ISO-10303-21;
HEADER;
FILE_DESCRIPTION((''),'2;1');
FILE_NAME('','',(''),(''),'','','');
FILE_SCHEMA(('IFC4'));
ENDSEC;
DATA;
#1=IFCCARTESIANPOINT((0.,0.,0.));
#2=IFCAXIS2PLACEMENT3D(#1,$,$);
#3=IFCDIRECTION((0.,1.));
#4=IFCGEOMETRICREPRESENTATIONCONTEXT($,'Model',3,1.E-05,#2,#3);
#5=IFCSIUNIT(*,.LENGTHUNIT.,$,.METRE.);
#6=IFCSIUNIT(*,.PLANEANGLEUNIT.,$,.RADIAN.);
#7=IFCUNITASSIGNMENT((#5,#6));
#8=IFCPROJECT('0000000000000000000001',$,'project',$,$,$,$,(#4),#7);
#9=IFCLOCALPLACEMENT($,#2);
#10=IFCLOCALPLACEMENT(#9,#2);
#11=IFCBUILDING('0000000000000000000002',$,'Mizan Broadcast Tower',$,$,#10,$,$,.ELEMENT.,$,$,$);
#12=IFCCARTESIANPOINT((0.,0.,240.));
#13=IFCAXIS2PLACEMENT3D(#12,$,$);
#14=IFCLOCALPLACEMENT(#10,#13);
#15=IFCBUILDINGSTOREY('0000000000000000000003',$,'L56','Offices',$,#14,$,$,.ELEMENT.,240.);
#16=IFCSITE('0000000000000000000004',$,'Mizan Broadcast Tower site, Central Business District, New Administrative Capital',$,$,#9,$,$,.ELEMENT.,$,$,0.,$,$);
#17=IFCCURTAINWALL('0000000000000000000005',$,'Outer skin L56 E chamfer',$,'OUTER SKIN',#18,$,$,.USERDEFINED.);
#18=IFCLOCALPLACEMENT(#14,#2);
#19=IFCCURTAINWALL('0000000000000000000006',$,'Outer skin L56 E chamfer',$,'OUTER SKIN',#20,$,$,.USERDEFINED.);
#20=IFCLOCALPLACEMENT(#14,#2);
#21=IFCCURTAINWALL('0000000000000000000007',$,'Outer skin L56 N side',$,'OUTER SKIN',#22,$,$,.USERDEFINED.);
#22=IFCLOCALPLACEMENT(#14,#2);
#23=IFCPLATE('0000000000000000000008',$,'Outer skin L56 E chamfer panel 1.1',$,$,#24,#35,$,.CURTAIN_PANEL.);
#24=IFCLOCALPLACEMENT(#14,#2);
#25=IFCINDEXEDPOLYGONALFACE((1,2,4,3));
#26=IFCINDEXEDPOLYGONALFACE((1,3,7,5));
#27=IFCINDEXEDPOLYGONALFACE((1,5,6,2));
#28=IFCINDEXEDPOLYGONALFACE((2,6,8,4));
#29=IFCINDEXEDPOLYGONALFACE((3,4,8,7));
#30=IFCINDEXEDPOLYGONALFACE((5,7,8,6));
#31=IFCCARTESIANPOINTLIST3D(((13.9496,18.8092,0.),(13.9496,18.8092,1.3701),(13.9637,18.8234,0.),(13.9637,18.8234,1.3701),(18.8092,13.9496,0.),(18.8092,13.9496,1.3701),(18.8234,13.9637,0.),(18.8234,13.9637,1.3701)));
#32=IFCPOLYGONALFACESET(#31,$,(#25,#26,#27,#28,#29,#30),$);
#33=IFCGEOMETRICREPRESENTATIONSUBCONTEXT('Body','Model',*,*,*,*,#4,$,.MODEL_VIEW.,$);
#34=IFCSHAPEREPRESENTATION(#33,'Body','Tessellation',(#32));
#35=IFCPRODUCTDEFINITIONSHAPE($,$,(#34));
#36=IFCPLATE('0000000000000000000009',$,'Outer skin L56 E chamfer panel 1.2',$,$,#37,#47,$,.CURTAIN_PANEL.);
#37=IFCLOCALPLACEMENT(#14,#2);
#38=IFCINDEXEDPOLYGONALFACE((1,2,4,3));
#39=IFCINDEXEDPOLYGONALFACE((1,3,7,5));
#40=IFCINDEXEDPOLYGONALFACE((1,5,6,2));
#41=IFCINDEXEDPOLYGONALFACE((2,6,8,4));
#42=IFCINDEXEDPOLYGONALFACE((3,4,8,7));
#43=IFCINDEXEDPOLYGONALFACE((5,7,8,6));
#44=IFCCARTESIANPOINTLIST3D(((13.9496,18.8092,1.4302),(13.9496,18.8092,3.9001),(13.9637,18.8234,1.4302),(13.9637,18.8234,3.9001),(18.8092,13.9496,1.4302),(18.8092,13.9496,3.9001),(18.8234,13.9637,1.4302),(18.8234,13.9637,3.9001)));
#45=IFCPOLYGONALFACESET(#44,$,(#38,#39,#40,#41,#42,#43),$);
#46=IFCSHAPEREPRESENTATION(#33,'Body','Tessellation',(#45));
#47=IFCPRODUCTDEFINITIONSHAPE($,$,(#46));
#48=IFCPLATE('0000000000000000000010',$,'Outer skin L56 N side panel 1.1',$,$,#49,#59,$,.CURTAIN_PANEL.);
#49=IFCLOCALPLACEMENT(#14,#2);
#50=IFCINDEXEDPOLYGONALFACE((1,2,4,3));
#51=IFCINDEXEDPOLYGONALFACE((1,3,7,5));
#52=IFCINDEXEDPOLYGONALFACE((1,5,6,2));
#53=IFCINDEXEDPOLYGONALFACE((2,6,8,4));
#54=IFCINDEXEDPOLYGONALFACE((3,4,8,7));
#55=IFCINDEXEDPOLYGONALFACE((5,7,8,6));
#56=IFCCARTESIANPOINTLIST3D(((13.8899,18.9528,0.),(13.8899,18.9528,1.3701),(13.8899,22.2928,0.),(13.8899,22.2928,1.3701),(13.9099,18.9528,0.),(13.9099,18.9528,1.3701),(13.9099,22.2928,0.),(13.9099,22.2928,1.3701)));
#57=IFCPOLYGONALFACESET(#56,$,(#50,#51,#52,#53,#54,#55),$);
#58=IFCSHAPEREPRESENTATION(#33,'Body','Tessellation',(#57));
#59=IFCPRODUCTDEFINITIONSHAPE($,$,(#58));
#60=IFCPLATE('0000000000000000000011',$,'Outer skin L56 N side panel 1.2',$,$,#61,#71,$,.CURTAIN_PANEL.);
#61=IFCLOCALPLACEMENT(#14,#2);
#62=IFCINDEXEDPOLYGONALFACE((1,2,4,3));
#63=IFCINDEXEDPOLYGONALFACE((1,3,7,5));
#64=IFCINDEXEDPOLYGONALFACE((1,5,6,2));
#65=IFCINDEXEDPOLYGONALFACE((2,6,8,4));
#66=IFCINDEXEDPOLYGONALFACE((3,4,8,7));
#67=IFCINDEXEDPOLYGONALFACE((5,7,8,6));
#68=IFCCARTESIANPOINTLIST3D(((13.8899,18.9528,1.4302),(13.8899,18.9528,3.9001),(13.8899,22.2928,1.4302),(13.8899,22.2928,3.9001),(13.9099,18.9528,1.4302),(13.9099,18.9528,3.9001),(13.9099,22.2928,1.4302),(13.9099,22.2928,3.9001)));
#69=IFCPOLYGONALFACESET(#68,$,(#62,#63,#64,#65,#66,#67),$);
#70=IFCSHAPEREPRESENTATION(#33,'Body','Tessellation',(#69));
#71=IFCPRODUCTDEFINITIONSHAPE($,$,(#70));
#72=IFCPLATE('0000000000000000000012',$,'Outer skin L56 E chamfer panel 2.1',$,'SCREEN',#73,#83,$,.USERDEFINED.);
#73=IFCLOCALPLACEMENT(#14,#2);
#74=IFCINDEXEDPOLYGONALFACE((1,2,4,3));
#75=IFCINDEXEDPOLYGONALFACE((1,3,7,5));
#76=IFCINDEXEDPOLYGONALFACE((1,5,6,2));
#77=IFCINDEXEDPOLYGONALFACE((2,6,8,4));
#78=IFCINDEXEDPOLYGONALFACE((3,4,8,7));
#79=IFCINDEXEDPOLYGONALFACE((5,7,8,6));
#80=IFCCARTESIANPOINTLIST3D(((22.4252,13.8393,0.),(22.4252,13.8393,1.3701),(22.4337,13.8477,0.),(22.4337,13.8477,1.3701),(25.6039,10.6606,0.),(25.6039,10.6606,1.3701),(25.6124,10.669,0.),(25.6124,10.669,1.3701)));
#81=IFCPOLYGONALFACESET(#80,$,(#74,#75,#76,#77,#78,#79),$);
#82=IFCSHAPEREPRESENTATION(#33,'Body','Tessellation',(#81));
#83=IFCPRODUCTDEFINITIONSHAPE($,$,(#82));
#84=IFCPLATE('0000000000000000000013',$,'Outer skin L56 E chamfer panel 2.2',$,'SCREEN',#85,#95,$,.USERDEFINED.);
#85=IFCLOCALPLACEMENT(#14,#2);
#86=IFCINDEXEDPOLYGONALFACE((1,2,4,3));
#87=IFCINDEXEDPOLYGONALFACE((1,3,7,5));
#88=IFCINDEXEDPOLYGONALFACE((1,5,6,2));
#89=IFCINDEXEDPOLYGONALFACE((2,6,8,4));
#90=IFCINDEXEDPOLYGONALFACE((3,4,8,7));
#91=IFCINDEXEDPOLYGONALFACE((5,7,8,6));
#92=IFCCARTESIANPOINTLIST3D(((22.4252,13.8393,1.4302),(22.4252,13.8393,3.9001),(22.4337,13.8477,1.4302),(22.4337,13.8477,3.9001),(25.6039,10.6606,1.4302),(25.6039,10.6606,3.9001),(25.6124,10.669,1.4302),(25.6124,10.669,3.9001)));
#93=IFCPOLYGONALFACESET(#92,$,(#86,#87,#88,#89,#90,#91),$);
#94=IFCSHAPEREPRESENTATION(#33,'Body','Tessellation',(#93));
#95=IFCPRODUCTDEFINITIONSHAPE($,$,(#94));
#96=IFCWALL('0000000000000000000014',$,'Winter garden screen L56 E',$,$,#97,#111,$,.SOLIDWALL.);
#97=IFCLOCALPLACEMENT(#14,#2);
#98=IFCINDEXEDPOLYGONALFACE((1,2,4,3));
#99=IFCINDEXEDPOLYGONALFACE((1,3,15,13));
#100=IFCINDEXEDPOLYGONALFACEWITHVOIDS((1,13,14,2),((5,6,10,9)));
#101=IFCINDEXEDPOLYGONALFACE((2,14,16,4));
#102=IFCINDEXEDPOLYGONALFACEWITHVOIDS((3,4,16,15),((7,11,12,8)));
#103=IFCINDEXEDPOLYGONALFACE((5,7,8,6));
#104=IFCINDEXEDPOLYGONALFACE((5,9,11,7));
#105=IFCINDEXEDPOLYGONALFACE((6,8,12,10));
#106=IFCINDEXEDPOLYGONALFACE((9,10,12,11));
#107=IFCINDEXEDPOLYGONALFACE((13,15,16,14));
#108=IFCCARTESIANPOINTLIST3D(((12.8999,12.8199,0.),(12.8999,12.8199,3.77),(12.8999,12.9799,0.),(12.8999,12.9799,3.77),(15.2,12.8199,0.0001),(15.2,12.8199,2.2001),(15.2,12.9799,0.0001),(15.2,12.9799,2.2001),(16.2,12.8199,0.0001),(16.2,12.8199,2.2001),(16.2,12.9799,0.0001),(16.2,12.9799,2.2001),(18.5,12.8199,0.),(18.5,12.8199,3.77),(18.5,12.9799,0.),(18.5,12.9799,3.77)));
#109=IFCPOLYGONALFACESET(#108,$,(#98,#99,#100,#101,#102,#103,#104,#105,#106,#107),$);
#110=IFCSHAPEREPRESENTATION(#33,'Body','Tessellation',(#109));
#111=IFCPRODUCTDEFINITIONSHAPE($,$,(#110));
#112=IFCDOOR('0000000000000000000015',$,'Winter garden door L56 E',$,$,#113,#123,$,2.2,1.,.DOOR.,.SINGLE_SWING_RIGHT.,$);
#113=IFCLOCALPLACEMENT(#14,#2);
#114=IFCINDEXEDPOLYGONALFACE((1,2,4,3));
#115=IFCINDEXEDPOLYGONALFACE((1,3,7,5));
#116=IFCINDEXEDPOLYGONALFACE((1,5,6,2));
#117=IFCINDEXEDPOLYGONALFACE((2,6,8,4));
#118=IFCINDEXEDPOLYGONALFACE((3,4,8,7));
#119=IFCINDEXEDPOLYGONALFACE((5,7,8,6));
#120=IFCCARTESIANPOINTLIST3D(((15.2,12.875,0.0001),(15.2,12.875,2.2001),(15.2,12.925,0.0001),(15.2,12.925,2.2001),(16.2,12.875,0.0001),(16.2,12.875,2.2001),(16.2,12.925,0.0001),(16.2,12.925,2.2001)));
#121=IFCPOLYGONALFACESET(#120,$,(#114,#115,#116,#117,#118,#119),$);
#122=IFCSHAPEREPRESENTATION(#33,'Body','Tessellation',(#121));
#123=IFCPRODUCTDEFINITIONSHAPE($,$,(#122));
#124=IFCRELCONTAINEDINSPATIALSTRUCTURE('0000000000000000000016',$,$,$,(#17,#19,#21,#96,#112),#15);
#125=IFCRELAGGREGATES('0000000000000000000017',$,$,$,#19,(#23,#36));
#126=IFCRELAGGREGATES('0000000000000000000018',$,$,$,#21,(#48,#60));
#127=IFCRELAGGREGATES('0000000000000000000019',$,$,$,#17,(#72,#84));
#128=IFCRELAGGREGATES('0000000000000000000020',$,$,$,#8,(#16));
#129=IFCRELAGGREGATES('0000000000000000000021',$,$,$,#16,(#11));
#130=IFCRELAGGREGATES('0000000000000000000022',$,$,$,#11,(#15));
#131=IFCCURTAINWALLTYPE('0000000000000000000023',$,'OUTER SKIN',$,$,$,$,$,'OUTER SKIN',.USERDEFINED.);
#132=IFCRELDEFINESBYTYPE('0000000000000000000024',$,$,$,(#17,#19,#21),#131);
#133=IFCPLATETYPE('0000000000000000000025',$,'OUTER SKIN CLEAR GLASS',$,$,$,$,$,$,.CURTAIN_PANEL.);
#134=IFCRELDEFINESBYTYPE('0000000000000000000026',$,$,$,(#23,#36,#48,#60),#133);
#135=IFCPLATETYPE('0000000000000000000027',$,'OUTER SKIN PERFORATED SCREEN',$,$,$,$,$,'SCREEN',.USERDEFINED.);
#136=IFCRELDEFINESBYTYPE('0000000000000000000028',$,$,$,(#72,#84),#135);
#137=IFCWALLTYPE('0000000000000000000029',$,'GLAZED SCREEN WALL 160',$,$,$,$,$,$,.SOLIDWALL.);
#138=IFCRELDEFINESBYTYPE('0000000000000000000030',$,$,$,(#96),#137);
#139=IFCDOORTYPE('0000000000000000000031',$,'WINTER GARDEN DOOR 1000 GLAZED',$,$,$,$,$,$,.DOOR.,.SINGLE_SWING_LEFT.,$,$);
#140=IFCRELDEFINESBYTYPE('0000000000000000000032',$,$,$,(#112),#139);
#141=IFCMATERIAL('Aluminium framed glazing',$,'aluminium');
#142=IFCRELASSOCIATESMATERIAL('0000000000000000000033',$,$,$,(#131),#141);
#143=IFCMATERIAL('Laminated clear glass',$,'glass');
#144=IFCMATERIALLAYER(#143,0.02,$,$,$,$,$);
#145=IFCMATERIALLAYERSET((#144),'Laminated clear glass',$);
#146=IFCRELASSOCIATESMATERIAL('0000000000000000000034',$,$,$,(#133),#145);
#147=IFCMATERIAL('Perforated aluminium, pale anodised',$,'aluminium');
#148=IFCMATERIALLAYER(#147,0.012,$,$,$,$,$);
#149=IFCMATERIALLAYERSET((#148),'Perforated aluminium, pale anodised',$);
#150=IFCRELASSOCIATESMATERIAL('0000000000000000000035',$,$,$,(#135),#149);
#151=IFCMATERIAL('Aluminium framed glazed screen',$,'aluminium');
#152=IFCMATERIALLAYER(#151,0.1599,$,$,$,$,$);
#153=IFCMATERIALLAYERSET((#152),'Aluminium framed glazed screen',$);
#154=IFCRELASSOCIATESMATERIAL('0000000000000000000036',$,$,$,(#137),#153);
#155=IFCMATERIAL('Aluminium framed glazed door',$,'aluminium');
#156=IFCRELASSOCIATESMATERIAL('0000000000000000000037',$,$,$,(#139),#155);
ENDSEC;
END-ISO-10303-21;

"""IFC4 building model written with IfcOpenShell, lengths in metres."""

from ifc_helpers import new_model, si_unit, direction, frame, frame_2d, origin, origin_2d, place, context, subcontext, project, spatial, rectangle, extrude, material, layer, layer_set, type_object, element, fill, aggregate, save


model = new_model("IFC4")

# Units and contexts
model_context = context("Model", 3, precision=1e-05, world=origin(), true_north=direction((0.0, 1.0)))
body_context = subcontext(model_context, "Body", "Model", "MODEL_VIEW")
ifc_project = project(units=[si_unit("LENGTHUNIT", "METRE"), si_unit("PLANEANGLEUNIT", "RADIAN")], contexts=[model_context])

# Site, building, storey
site_placement = place(None, origin())
site = spatial("IfcSite", under=ifc_project, at=site_placement, Name="Mizan Broadcast Tower site, Central Business District, New Administrative Capital", CompositionType="ELEMENT", RefElevation=0.0)
building_placement = place(site_placement, origin())
building = spatial("IfcBuilding", under=site, at=building_placement, Name="Mizan Broadcast Tower", CompositionType="ELEMENT")
storey_placement = place(building_placement, frame((0.0, 0.0, 240.0)))
storey = spatial("IfcBuildingStorey", under=building, at=storey_placement, Name="L56", Description="Offices", CompositionType="ELEMENT", Elevation=240.0)

# Curtain walls
ifc_material_1 = material(Name="Aluminium framed glazing", Category="aluminium")
curtain_wall_type_1 = type_object("IfcCurtainWallType", Name="OUTER SKIN", ElementType="OUTER SKIN", PredefinedType="USERDEFINED", material=ifc_material_1)
curtain_wall_1_placement = place(storey_placement, origin())
curtain_wall_1 = element("IfcCurtainWall", 1, at=curtain_wall_1_placement, inside=storey, type_object=curtain_wall_type_1, Name="Outer skin L56 E chamfer", ObjectType="OUTER SKIN", PredefinedType="USERDEFINED")
curtain_wall_2_placement = place(storey_placement, origin())
curtain_wall_2 = element("IfcCurtainWall", 2, at=curtain_wall_2_placement, inside=storey, type_object=curtain_wall_type_1, Name="Outer skin L56 E chamfer", ObjectType="OUTER SKIN", PredefinedType="USERDEFINED")
curtain_wall_3_placement = place(storey_placement, origin())
curtain_wall_3 = element("IfcCurtainWall", 3, at=curtain_wall_3_placement, inside=storey, type_object=curtain_wall_type_1, Name="Outer skin L56 N side", ObjectType="OUTER SKIN", PredefinedType="USERDEFINED")

# Plates
ifc_material_2 = material(Name="Laminated clear glass", Category="glass")
ifc_layer_1 = layer(ifc_material_2, 0.02)
ifc_layer_set_1 = layer_set([ifc_layer_1], Name="Laminated clear glass")
plate_type_1 = type_object("IfcPlateType", Name="OUTER SKIN CLEAR GLASS", PredefinedType="CURTAIN_PANEL", material=ifc_layer_set_1)
plate_1_placement = place(storey_placement, frame((16.3865, 16.3865, 0.0), z_axis=(0.0, 0.0, 1.0), x_axis=(-0.707107, 0.707107, 0.0)))
plate_1 = element("IfcPlate", 4, at=plate_1_placement, type_object=plate_type_1, Name="Outer skin L56 E chamfer panel 1.1", PredefinedType="CURTAIN_PANEL", context=body_context, shape_type="SweptSolid", body=[
    extrude(rectangle(XDim=6.8726, YDim=0.02, at=origin_2d()), origin(), (0.0, 0.0, 1.0), 1.3701),
])
plate_2_placement = place(storey_placement, frame((16.3865, 16.3865, 1.4302), z_axis=(0.0, 0.0, 1.0), x_axis=(-0.707107, 0.707107, 0.0)))
plate_2 = element("IfcPlate", 5, at=plate_2_placement, type_object=plate_type_1, Name="Outer skin L56 E chamfer panel 1.2", PredefinedType="CURTAIN_PANEL", context=body_context, shape_type="SweptSolid", body=[
    extrude(rectangle(XDim=6.8726, YDim=0.02, at=origin_2d()), origin(), (0.0, 0.0, 1.0), 2.47),
])
aggregate(curtain_wall_2, [plate_1, plate_2])
plate_3_placement = place(storey_placement, frame((13.8999, 20.6228, 0.0), z_axis=(0.0, 0.0, 1.0), x_axis=(0.0, 1.0, 0.0)))
plate_3 = element("IfcPlate", 6, at=plate_3_placement, type_object=plate_type_1, Name="Outer skin L56 N side panel 1.1", PredefinedType="CURTAIN_PANEL", context=body_context, shape_type="SweptSolid", body=[
    extrude(rectangle(XDim=3.3401, YDim=0.02, at=origin_2d()), origin(), (0.0, 0.0, 1.0), 1.3701),
])
plate_4_placement = place(storey_placement, frame((13.8999, 20.6228, 1.4302), z_axis=(0.0, 0.0, 1.0), x_axis=(0.0, 1.0, 0.0)))
plate_4 = element("IfcPlate", 7, at=plate_4_placement, type_object=plate_type_1, Name="Outer skin L56 N side panel 1.2", PredefinedType="CURTAIN_PANEL", context=body_context, shape_type="SweptSolid", body=[
    extrude(rectangle(XDim=3.3401, YDim=0.02, at=origin_2d()), origin(), (0.0, 0.0, 1.0), 2.47),
])
aggregate(curtain_wall_3, [plate_3, plate_4])
ifc_material_3 = material(Name="Perforated aluminium, pale anodised", Category="aluminium")
ifc_layer_2 = layer(ifc_material_3, 0.012)
ifc_layer_set_2 = layer_set([ifc_layer_2], Name="Perforated aluminium, pale anodised")
plate_type_2 = type_object("IfcPlateType", Name="OUTER SKIN PERFORATED SCREEN", ElementType="SCREEN", PredefinedType="USERDEFINED", material=ifc_layer_set_2)
plate_5_placement = place(storey_placement, frame((24.0188, 12.2542, 0.0), z_axis=(0.0, 0.0, 1.0), x_axis=(-0.707107, 0.707107, 0.0)))
plate_5 = element("IfcPlate", 8, at=plate_5_placement, type_object=plate_type_2, Name="Outer skin L56 E chamfer panel 2.1", ObjectType="SCREEN", PredefinedType="USERDEFINED", context=body_context, shape_type="SweptSolid", body=[
    extrude(rectangle(XDim=4.4954, YDim=0.012, at=origin_2d()), origin(), (0.0, 0.0, 1.0), 1.3701),
])
plate_6_placement = place(storey_placement, frame((24.0188, 12.2542, 1.4302), z_axis=(0.0, 0.0, 1.0), x_axis=(-0.707107, 0.707107, 0.0)))
plate_6 = element("IfcPlate", 9, at=plate_6_placement, type_object=plate_type_2, Name="Outer skin L56 E chamfer panel 2.2", ObjectType="SCREEN", PredefinedType="USERDEFINED", context=body_context, shape_type="SweptSolid", body=[
    extrude(rectangle(XDim=4.4954, YDim=0.012, at=origin_2d()), origin(), (0.0, 0.0, 1.0), 2.47),
])
aggregate(curtain_wall_1, [plate_5, plate_6])

# Wall, opening, door
ifc_material_4 = material(Name="Aluminium framed glazed screen", Category="aluminium")
ifc_layer_3 = layer(ifc_material_4, 0.1599)
ifc_layer_set_3 = layer_set([ifc_layer_3], Name="Aluminium framed glazed screen")
wall_type = type_object("IfcWallType", Name="GLAZED SCREEN WALL 160", PredefinedType="SOLIDWALL", material=ifc_layer_set_3)
wall_placement = place(storey_placement, frame((18.5, 12.8999, 0.0), z_axis=(0.0, 0.0, 1.0), x_axis=(-1.0, 0.0, 0.0)))
wall = element("IfcWall", 10, at=wall_placement, inside=storey, type_object=wall_type, Name="Winter garden screen L56 E", PredefinedType="SOLIDWALL", context=body_context, shape_type="SweptSolid", body=[
    extrude(rectangle(XDim=5.6001, YDim=0.1599, at=frame_2d((2.8, 0.0))), origin(), (0.0, 0.0, 1.0), 3.77),
])
opening_placement = place(wall_placement, frame((2.3, 0.0, 0.0)))
opening = element("IfcOpeningElement", 11, at=opening_placement, cuts=wall, PredefinedType="OPENING", context=body_context, shape_type="SweptSolid", body=[
    extrude(rectangle(XDim=1.0, YDim=2.2, at=frame_2d((0.5, 1.1001))), frame((0.0, 0.0898, 0.0), z_axis=(0.0, -1.0, 0.0), x_axis=(1.0, 0.0, 0.0)), (0.0, 0.0, 1.0), 0.1799),
])
ifc_material_5 = material(Name="Aluminium framed glazed door", Category="aluminium")
door_type = type_object("IfcDoorType", Name="WINTER GARDEN DOOR 1000 GLAZED", OperationType="SINGLE_SWING_LEFT", PredefinedType="DOOR", material=ifc_material_5)
door_placement = place(opening_placement, origin())
door = element("IfcDoor", 12, at=door_placement, inside=storey, type_object=door_type, Name="Winter garden door L56 E", OperationType="SINGLE_SWING_RIGHT", OverallHeight=2.2, OverallWidth=1.0, PredefinedType="DOOR", context=body_context, shape_type="SweptSolid", body=[
    extrude(rectangle(XDim=1.0, YDim=2.2, at=frame_2d((0.5, 1.1001))), frame((0.0, 0.0249, 0.0), z_axis=(0.0, -1.0, 0.0), x_axis=(1.0, 0.0, 0.0)), (0.0, 0.0, 1.0), 0.05),
])
fill(opening, door)

save(model, "model.ifc")
